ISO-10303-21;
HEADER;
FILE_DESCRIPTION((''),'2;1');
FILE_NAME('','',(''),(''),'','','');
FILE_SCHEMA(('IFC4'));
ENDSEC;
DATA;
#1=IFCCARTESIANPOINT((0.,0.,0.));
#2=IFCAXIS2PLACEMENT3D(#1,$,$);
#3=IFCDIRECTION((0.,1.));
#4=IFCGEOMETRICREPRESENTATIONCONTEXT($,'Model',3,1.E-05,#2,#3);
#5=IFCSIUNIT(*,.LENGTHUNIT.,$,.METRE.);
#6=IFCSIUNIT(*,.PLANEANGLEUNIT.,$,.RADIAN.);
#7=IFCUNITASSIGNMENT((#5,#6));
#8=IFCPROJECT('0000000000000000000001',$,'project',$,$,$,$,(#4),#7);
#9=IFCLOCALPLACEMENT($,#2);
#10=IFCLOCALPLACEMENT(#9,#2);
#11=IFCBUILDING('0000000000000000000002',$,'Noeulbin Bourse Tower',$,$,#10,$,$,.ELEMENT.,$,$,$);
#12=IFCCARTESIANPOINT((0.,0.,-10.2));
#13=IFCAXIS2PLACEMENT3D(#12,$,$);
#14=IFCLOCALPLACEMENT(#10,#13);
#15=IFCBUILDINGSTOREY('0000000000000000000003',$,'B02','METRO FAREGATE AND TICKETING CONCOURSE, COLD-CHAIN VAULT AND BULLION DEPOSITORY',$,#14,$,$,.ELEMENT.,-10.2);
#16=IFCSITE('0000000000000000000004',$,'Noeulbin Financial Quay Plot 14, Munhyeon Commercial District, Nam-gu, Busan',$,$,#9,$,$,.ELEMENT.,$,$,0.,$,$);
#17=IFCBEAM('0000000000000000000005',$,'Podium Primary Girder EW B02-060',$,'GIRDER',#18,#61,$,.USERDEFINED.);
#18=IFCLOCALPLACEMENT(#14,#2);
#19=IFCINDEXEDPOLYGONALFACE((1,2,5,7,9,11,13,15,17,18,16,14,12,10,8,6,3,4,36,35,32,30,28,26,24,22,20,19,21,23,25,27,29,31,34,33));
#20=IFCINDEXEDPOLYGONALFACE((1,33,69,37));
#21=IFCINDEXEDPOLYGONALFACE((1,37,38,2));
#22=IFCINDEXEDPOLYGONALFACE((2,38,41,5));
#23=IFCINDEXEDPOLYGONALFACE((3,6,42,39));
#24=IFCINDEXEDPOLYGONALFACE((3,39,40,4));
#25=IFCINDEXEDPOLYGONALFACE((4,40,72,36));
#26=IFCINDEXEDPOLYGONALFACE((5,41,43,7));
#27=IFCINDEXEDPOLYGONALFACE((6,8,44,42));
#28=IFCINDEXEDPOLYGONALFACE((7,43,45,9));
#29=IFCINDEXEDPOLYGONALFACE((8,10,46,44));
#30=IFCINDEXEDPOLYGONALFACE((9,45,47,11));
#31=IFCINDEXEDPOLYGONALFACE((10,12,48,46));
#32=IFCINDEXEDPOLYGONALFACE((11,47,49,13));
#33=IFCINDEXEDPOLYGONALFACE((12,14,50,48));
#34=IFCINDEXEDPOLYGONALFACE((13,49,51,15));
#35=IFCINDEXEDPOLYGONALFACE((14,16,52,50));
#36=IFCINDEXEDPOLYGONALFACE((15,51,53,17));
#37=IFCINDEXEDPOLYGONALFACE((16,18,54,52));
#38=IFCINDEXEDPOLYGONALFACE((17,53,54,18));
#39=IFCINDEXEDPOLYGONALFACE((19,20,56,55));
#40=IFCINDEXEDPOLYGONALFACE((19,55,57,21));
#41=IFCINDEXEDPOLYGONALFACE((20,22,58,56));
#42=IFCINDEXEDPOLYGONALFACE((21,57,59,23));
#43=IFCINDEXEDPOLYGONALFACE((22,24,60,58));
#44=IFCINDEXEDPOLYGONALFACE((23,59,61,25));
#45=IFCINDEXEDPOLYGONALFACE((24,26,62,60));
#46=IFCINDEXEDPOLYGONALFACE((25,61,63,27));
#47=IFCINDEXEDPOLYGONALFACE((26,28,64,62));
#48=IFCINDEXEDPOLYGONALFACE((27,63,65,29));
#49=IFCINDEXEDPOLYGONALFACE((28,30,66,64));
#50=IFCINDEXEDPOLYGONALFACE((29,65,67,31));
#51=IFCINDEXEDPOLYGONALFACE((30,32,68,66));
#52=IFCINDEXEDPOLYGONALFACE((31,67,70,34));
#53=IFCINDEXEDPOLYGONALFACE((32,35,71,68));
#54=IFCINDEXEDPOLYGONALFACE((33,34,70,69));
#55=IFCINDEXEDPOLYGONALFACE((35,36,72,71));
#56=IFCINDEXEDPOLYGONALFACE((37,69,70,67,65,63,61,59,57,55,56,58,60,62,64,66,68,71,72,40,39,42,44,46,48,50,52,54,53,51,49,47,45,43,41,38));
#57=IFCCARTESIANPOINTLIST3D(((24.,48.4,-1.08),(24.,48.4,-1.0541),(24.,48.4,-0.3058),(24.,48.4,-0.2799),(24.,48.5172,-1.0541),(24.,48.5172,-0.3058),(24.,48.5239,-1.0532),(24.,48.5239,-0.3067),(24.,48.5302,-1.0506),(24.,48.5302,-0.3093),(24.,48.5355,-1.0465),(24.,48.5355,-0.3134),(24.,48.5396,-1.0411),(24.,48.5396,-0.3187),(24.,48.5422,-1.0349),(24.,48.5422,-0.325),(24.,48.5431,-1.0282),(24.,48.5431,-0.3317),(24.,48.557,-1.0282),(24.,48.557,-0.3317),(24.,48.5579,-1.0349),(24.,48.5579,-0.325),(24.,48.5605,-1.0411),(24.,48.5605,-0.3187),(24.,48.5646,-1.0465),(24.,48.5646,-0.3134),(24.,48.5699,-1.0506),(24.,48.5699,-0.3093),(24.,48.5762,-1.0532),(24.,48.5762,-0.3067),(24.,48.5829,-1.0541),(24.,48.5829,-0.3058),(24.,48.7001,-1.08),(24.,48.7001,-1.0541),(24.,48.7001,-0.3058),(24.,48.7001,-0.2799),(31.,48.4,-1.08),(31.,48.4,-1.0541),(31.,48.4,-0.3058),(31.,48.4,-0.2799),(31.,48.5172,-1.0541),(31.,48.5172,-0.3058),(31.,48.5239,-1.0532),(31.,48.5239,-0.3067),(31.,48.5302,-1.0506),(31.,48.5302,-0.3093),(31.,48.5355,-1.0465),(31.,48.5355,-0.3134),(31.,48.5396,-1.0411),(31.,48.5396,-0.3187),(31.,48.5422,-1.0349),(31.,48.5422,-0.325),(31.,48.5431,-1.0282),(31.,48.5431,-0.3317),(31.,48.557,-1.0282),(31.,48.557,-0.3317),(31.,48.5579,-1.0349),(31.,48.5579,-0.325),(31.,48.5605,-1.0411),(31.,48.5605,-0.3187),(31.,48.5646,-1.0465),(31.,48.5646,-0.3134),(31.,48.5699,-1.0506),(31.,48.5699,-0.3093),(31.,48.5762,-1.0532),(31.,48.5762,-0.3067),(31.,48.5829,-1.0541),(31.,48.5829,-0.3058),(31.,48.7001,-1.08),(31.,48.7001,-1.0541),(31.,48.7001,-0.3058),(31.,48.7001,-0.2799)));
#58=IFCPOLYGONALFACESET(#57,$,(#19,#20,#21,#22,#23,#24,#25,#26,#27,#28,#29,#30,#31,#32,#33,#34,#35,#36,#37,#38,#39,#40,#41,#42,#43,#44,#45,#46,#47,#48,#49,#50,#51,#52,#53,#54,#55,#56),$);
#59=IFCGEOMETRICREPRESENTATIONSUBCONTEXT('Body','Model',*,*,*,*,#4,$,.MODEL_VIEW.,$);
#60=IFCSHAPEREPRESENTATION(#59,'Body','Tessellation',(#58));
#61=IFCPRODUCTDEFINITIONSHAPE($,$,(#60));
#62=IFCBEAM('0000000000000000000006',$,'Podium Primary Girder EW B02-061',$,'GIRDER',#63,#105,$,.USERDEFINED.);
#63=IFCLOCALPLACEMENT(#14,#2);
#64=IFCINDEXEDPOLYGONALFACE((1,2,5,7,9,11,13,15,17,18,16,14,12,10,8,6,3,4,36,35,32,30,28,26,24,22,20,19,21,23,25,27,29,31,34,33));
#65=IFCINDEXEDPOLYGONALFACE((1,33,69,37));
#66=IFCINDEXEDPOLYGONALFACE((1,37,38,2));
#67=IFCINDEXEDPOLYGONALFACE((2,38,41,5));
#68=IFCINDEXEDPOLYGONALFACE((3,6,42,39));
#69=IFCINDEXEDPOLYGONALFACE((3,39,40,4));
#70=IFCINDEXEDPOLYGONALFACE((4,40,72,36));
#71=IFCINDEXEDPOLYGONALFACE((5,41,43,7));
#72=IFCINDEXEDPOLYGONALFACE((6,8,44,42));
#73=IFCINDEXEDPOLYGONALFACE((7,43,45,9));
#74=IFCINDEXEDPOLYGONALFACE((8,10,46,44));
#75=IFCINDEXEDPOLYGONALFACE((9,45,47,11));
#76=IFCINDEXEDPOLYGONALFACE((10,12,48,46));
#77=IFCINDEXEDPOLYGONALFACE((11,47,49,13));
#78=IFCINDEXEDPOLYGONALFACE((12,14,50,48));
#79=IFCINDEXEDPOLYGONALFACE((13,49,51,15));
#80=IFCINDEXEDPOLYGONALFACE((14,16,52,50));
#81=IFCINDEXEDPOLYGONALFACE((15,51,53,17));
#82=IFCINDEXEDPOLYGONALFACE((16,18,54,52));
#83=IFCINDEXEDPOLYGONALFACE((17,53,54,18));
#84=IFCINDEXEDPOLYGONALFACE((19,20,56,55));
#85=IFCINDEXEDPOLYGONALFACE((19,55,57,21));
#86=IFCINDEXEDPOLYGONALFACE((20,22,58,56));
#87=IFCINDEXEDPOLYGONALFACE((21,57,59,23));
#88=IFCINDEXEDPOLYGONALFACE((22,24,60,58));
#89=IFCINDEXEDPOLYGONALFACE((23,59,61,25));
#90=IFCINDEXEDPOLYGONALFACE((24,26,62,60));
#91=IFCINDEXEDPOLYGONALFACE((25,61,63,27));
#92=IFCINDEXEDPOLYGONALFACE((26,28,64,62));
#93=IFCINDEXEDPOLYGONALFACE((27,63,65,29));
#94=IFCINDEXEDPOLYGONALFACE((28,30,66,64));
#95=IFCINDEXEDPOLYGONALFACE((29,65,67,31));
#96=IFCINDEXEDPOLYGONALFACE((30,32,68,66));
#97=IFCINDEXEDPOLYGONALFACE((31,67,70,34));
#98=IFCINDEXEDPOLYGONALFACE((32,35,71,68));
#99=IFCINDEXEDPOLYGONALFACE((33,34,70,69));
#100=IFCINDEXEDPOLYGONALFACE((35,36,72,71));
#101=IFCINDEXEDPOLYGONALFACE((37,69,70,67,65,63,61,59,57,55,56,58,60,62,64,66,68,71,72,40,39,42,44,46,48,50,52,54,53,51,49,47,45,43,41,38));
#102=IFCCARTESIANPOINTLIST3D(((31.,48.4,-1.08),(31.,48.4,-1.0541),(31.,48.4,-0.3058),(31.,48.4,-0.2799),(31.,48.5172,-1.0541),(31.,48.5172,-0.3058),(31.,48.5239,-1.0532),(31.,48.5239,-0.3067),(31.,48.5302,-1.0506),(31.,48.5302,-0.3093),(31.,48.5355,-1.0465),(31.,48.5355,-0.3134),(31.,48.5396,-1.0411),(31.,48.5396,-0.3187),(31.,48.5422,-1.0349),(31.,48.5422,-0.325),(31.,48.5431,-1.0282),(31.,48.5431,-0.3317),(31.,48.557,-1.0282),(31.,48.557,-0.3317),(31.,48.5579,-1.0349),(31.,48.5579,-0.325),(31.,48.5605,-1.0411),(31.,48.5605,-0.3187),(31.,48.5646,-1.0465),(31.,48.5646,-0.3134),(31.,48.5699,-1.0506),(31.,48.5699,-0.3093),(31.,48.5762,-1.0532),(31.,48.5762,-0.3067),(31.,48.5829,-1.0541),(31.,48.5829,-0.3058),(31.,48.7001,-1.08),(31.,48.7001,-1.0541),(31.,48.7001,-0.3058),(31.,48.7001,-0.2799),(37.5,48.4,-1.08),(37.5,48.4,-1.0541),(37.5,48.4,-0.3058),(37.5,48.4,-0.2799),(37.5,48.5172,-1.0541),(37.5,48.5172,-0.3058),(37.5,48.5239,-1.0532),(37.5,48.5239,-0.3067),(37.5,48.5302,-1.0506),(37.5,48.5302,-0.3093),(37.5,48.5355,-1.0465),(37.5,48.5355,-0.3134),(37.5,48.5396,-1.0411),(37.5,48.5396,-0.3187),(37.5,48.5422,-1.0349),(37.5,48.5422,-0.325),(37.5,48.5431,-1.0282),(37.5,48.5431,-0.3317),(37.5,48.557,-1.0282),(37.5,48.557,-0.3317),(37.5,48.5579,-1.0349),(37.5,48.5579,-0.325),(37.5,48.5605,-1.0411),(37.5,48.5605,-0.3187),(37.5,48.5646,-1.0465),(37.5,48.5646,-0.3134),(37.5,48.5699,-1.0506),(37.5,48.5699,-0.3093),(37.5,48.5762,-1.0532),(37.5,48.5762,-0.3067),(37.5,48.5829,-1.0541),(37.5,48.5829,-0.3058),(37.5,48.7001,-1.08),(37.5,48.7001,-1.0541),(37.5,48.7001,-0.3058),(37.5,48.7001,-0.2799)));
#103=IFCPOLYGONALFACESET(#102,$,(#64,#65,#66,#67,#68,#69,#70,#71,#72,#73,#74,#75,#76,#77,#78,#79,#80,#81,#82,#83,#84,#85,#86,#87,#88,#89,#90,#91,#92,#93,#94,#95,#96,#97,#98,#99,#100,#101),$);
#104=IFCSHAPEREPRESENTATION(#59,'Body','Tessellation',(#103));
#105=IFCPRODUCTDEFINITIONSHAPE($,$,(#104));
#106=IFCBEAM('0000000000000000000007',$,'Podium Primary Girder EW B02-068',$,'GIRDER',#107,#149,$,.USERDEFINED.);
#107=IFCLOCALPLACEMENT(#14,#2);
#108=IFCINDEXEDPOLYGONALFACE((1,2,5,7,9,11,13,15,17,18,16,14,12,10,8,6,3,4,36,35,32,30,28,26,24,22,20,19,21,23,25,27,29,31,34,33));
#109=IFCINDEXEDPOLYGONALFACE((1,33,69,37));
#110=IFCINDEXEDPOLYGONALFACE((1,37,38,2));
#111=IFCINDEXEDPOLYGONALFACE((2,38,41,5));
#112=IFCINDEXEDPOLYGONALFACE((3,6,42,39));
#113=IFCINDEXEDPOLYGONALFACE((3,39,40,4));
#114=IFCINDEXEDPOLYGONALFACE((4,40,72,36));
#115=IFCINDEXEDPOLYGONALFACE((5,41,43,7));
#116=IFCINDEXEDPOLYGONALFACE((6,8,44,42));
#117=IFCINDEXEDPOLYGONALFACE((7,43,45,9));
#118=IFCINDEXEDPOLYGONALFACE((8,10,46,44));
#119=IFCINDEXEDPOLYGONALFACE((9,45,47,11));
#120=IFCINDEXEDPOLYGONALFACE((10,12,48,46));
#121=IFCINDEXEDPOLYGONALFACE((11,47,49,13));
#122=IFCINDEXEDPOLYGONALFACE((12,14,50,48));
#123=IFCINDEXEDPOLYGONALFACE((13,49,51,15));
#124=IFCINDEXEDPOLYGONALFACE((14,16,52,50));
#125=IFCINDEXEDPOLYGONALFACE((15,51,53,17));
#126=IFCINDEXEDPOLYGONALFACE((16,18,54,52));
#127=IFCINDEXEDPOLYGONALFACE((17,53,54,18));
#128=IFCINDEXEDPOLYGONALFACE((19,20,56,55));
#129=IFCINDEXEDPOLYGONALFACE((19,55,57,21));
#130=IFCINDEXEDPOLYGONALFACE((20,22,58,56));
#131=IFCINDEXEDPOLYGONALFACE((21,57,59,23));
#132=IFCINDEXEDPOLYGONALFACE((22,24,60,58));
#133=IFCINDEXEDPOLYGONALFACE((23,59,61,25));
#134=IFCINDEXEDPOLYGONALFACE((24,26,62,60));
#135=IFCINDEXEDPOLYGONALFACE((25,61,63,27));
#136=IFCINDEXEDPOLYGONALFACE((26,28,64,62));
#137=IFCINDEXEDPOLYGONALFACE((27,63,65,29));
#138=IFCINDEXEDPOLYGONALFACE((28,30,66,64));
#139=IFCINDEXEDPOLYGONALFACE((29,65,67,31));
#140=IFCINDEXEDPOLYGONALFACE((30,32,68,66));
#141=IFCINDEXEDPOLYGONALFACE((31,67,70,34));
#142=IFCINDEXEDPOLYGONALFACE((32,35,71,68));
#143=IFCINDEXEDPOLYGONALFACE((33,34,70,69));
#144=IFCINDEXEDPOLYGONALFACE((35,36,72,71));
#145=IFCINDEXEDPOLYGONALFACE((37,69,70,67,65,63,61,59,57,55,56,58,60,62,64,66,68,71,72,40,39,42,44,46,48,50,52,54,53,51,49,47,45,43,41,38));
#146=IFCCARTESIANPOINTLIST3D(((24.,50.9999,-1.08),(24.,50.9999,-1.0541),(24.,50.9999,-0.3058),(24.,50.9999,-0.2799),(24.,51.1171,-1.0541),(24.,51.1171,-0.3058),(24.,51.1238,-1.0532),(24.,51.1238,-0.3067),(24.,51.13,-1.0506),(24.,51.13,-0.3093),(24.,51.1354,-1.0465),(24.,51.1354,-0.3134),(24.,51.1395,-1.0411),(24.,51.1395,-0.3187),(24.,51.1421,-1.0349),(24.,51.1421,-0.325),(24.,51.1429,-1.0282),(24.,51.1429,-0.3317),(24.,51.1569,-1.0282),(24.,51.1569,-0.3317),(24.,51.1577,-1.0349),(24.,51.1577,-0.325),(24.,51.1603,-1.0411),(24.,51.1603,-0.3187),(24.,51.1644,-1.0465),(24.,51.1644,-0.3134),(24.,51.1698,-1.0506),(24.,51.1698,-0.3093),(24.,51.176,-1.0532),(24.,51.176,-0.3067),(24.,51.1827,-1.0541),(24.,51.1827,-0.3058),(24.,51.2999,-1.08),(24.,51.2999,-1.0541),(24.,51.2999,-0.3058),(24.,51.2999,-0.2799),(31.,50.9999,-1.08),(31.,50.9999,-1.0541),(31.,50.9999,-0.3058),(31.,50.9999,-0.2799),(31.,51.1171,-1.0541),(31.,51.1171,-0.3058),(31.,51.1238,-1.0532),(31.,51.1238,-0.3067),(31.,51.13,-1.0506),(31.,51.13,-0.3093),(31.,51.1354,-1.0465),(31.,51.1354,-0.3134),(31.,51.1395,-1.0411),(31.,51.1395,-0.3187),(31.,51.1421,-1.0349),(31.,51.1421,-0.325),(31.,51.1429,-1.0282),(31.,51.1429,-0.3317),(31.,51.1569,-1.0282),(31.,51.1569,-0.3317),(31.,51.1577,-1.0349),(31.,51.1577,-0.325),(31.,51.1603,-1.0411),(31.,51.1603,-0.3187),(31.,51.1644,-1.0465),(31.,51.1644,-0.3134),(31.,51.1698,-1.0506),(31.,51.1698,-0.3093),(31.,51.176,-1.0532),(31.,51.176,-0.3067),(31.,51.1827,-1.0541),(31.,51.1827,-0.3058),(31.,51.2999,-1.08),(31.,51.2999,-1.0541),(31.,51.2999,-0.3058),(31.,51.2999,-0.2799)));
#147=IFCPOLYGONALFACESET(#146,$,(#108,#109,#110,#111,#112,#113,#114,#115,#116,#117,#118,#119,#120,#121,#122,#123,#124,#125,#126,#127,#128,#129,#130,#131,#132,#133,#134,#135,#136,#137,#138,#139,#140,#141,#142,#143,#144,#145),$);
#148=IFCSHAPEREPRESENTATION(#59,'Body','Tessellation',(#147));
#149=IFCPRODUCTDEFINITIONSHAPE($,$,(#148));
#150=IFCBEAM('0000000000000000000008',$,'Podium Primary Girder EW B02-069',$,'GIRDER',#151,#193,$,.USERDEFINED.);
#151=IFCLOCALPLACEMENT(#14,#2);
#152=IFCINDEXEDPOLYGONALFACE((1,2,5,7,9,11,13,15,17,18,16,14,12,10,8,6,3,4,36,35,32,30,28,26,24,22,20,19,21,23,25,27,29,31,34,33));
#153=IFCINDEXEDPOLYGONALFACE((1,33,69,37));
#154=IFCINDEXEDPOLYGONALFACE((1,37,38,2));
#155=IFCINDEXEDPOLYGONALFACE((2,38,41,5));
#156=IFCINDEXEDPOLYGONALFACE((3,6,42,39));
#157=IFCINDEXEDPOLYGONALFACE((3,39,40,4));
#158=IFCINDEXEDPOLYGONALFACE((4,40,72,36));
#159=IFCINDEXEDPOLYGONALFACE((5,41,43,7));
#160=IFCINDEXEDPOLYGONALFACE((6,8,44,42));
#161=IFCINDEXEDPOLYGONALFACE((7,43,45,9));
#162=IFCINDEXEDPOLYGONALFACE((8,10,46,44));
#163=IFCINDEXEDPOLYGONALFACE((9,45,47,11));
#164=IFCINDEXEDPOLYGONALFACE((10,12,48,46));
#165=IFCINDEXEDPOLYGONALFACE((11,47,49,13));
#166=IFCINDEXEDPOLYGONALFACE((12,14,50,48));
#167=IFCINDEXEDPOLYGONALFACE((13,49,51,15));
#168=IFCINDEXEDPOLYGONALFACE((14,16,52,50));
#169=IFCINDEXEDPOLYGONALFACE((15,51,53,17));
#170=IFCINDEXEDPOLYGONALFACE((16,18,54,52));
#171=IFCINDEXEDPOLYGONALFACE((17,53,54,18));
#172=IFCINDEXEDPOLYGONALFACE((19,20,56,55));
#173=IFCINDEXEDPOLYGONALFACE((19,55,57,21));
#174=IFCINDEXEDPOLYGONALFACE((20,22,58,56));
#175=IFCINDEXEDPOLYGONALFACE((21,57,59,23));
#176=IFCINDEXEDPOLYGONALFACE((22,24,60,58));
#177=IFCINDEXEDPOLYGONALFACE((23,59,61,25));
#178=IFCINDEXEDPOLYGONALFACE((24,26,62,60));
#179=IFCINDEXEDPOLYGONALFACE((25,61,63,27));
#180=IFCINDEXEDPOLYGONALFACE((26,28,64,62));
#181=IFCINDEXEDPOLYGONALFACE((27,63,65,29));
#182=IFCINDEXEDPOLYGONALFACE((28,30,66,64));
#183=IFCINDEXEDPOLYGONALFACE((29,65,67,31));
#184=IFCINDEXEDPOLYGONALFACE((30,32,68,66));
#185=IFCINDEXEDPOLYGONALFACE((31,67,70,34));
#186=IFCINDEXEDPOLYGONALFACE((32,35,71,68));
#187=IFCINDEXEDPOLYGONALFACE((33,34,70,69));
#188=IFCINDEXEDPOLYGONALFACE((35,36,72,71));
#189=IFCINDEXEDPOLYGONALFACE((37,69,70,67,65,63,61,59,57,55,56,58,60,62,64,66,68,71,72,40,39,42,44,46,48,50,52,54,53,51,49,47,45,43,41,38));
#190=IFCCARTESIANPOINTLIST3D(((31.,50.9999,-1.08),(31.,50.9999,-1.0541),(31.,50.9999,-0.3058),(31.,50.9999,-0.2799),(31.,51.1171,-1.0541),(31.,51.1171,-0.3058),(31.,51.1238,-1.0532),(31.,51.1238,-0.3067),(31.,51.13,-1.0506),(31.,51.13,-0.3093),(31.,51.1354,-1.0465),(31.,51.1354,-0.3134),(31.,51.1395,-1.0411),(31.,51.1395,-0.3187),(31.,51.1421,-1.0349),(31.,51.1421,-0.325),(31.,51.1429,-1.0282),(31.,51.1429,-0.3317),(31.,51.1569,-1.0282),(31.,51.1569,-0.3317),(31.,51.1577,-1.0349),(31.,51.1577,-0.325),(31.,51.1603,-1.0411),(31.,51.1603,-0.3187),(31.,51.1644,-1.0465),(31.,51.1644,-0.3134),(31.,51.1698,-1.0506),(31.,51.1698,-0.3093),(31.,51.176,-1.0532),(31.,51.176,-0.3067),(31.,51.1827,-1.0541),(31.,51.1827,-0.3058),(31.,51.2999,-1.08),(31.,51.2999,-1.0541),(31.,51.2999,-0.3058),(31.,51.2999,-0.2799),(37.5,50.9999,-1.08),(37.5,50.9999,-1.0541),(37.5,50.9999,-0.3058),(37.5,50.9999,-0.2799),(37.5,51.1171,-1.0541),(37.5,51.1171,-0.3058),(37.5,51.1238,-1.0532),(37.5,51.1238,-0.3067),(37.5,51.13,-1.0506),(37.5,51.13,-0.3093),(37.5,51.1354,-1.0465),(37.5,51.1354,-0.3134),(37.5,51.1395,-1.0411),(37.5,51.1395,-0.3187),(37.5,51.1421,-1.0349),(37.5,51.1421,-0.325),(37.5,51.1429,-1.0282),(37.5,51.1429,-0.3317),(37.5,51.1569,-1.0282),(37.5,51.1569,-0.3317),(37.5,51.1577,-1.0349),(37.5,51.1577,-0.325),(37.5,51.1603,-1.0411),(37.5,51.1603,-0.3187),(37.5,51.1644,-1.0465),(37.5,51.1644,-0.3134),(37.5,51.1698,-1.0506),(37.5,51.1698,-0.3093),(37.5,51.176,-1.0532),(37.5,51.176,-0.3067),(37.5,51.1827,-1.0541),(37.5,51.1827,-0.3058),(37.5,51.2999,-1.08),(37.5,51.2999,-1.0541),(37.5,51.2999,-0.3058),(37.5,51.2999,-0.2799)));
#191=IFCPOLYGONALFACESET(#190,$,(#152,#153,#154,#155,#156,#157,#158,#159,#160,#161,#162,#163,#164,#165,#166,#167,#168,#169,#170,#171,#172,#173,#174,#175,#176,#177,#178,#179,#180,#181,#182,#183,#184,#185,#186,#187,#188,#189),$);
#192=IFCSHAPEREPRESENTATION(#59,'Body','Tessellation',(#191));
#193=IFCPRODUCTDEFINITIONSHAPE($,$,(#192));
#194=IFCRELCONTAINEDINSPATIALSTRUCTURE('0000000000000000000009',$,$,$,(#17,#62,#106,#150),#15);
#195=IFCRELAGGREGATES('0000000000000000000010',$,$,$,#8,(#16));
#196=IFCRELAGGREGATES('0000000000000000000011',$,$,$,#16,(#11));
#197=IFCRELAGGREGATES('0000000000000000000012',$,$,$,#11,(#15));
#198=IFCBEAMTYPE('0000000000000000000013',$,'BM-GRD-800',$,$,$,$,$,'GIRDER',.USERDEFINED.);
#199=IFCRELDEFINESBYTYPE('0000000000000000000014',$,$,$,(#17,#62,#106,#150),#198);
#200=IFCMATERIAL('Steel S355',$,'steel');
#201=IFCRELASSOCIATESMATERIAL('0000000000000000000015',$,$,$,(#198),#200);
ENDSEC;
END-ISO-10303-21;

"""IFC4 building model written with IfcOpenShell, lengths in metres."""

from ifc_helpers import new_model, si_unit, direction, frame, origin, origin_2d, place, context, subcontext, project, spatial, i_section, extrude, material, material_profile, profile_set, type_object, element, save


model = new_model("IFC4")

# Units and contexts
model_context = context("Model", 3, precision=1e-05, world=origin(), true_north=direction((0.0, 1.0)))
body_context = subcontext(model_context, "Body", "Model", "MODEL_VIEW")
ifc_project = project(units=[si_unit("LENGTHUNIT", "METRE"), si_unit("PLANEANGLEUNIT", "RADIAN")], contexts=[model_context])

# Site, building, storey
site_placement = place(None, origin())
site = spatial("IfcSite", under=ifc_project, at=site_placement, Name="Noeulbin Financial Quay Plot 14, Munhyeon Commercial District, Nam-gu, Busan", CompositionType="ELEMENT", RefElevation=0.0)
building_placement = place(site_placement, origin())
building = spatial("IfcBuilding", under=site, at=building_placement, Name="Noeulbin Bourse Tower", CompositionType="ELEMENT")
storey_placement = place(building_placement, frame((0.0, 0.0, -10.2)))
storey = spatial("IfcBuildingStorey", under=building, at=storey_placement, Name="B02", Description="METRO FAREGATE AND TICKETING CONCOURSE, COLD-CHAIN VAULT AND BULLION DEPOSITORY", CompositionType="ELEMENT", Elevation=-10.2)

# Beams
ifc_material_1 = material(Name="Steel S355", Category="steel")
ifc_material_profile_1 = material_profile(ifc_material_1, i_section(OverallWidth=0.3, OverallDepth=0.8, WebThickness=0.0139, FlangeThickness=0.0259, FilletRadius=0.0259, at=origin_2d()), Name="H-800x300x14x26", Category="LoadBearing")
ifc_profile_set_1 = profile_set([ifc_material_profile_1], Name="Steel S355")
beam_type_1 = type_object("IfcBeamType", Name="BM-GRD-800", ElementType="GIRDER", PredefinedType="USERDEFINED", material=ifc_profile_set_1)
beam_1_placement = place(storey_placement, frame((24.0, 48.55, -0.6799), z_axis=(1.0, 0.0, 0.0), x_axis=(0.0, 1.0, 0.0)))
element("IfcBeam", 1, at=beam_1_placement, inside=storey, type_object=beam_type_1, Name="Podium Primary Girder EW B02-060", ObjectType="GIRDER", PredefinedType="USERDEFINED", context=body_context, shape_type="SweptSolid", body=[
    extrude(i_section(OverallWidth=0.3, OverallDepth=0.8, WebThickness=0.0139, FlangeThickness=0.0259, FilletRadius=0.0259, at=origin_2d()), origin(), (0.0, 0.0, 1.0), 7.0),
])
beam_2_placement = place(storey_placement, frame((31.0, 48.55, -0.6799), z_axis=(1.0, 0.0, 0.0), x_axis=(0.0, 1.0, 0.0)))
element("IfcBeam", 2, at=beam_2_placement, inside=storey, type_object=beam_type_1, Name="Podium Primary Girder EW B02-061", ObjectType="GIRDER", PredefinedType="USERDEFINED", context=body_context, shape_type="SweptSolid", body=[
    extrude(i_section(OverallWidth=0.3, OverallDepth=0.8, WebThickness=0.0139, FlangeThickness=0.0259, FilletRadius=0.0259, at=origin_2d()), origin(), (0.0, 0.0, 1.0), 6.5),
])
beam_3_placement = place(storey_placement, frame((24.0, 51.1499, -0.6799), z_axis=(1.0, 0.0, 0.0), x_axis=(0.0, 1.0, 0.0)))
element("IfcBeam", 3, at=beam_3_placement, inside=storey, type_object=beam_type_1, Name="Podium Primary Girder EW B02-068", ObjectType="GIRDER", PredefinedType="USERDEFINED", context=body_context, shape_type="SweptSolid", body=[
    extrude(i_section(OverallWidth=0.3, OverallDepth=0.8, WebThickness=0.0139, FlangeThickness=0.0259, FilletRadius=0.0259, at=origin_2d()), origin(), (0.0, 0.0, 1.0), 7.0),
])
beam_4_placement = place(storey_placement, frame((31.0, 51.1499, -0.6799), z_axis=(1.0, 0.0, 0.0), x_axis=(0.0, 1.0, 0.0)))
element("IfcBeam", 4, at=beam_4_placement, inside=storey, type_object=beam_type_1, Name="Podium Primary Girder EW B02-069", ObjectType="GIRDER", PredefinedType="USERDEFINED", context=body_context, shape_type="SweptSolid", body=[
    extrude(i_section(OverallWidth=0.3, OverallDepth=0.8, WebThickness=0.0139, FlangeThickness=0.0259, FilletRadius=0.0259, at=origin_2d()), origin(), (0.0, 0.0, 1.0), 6.5),
])

save(model, "model.ifc")
